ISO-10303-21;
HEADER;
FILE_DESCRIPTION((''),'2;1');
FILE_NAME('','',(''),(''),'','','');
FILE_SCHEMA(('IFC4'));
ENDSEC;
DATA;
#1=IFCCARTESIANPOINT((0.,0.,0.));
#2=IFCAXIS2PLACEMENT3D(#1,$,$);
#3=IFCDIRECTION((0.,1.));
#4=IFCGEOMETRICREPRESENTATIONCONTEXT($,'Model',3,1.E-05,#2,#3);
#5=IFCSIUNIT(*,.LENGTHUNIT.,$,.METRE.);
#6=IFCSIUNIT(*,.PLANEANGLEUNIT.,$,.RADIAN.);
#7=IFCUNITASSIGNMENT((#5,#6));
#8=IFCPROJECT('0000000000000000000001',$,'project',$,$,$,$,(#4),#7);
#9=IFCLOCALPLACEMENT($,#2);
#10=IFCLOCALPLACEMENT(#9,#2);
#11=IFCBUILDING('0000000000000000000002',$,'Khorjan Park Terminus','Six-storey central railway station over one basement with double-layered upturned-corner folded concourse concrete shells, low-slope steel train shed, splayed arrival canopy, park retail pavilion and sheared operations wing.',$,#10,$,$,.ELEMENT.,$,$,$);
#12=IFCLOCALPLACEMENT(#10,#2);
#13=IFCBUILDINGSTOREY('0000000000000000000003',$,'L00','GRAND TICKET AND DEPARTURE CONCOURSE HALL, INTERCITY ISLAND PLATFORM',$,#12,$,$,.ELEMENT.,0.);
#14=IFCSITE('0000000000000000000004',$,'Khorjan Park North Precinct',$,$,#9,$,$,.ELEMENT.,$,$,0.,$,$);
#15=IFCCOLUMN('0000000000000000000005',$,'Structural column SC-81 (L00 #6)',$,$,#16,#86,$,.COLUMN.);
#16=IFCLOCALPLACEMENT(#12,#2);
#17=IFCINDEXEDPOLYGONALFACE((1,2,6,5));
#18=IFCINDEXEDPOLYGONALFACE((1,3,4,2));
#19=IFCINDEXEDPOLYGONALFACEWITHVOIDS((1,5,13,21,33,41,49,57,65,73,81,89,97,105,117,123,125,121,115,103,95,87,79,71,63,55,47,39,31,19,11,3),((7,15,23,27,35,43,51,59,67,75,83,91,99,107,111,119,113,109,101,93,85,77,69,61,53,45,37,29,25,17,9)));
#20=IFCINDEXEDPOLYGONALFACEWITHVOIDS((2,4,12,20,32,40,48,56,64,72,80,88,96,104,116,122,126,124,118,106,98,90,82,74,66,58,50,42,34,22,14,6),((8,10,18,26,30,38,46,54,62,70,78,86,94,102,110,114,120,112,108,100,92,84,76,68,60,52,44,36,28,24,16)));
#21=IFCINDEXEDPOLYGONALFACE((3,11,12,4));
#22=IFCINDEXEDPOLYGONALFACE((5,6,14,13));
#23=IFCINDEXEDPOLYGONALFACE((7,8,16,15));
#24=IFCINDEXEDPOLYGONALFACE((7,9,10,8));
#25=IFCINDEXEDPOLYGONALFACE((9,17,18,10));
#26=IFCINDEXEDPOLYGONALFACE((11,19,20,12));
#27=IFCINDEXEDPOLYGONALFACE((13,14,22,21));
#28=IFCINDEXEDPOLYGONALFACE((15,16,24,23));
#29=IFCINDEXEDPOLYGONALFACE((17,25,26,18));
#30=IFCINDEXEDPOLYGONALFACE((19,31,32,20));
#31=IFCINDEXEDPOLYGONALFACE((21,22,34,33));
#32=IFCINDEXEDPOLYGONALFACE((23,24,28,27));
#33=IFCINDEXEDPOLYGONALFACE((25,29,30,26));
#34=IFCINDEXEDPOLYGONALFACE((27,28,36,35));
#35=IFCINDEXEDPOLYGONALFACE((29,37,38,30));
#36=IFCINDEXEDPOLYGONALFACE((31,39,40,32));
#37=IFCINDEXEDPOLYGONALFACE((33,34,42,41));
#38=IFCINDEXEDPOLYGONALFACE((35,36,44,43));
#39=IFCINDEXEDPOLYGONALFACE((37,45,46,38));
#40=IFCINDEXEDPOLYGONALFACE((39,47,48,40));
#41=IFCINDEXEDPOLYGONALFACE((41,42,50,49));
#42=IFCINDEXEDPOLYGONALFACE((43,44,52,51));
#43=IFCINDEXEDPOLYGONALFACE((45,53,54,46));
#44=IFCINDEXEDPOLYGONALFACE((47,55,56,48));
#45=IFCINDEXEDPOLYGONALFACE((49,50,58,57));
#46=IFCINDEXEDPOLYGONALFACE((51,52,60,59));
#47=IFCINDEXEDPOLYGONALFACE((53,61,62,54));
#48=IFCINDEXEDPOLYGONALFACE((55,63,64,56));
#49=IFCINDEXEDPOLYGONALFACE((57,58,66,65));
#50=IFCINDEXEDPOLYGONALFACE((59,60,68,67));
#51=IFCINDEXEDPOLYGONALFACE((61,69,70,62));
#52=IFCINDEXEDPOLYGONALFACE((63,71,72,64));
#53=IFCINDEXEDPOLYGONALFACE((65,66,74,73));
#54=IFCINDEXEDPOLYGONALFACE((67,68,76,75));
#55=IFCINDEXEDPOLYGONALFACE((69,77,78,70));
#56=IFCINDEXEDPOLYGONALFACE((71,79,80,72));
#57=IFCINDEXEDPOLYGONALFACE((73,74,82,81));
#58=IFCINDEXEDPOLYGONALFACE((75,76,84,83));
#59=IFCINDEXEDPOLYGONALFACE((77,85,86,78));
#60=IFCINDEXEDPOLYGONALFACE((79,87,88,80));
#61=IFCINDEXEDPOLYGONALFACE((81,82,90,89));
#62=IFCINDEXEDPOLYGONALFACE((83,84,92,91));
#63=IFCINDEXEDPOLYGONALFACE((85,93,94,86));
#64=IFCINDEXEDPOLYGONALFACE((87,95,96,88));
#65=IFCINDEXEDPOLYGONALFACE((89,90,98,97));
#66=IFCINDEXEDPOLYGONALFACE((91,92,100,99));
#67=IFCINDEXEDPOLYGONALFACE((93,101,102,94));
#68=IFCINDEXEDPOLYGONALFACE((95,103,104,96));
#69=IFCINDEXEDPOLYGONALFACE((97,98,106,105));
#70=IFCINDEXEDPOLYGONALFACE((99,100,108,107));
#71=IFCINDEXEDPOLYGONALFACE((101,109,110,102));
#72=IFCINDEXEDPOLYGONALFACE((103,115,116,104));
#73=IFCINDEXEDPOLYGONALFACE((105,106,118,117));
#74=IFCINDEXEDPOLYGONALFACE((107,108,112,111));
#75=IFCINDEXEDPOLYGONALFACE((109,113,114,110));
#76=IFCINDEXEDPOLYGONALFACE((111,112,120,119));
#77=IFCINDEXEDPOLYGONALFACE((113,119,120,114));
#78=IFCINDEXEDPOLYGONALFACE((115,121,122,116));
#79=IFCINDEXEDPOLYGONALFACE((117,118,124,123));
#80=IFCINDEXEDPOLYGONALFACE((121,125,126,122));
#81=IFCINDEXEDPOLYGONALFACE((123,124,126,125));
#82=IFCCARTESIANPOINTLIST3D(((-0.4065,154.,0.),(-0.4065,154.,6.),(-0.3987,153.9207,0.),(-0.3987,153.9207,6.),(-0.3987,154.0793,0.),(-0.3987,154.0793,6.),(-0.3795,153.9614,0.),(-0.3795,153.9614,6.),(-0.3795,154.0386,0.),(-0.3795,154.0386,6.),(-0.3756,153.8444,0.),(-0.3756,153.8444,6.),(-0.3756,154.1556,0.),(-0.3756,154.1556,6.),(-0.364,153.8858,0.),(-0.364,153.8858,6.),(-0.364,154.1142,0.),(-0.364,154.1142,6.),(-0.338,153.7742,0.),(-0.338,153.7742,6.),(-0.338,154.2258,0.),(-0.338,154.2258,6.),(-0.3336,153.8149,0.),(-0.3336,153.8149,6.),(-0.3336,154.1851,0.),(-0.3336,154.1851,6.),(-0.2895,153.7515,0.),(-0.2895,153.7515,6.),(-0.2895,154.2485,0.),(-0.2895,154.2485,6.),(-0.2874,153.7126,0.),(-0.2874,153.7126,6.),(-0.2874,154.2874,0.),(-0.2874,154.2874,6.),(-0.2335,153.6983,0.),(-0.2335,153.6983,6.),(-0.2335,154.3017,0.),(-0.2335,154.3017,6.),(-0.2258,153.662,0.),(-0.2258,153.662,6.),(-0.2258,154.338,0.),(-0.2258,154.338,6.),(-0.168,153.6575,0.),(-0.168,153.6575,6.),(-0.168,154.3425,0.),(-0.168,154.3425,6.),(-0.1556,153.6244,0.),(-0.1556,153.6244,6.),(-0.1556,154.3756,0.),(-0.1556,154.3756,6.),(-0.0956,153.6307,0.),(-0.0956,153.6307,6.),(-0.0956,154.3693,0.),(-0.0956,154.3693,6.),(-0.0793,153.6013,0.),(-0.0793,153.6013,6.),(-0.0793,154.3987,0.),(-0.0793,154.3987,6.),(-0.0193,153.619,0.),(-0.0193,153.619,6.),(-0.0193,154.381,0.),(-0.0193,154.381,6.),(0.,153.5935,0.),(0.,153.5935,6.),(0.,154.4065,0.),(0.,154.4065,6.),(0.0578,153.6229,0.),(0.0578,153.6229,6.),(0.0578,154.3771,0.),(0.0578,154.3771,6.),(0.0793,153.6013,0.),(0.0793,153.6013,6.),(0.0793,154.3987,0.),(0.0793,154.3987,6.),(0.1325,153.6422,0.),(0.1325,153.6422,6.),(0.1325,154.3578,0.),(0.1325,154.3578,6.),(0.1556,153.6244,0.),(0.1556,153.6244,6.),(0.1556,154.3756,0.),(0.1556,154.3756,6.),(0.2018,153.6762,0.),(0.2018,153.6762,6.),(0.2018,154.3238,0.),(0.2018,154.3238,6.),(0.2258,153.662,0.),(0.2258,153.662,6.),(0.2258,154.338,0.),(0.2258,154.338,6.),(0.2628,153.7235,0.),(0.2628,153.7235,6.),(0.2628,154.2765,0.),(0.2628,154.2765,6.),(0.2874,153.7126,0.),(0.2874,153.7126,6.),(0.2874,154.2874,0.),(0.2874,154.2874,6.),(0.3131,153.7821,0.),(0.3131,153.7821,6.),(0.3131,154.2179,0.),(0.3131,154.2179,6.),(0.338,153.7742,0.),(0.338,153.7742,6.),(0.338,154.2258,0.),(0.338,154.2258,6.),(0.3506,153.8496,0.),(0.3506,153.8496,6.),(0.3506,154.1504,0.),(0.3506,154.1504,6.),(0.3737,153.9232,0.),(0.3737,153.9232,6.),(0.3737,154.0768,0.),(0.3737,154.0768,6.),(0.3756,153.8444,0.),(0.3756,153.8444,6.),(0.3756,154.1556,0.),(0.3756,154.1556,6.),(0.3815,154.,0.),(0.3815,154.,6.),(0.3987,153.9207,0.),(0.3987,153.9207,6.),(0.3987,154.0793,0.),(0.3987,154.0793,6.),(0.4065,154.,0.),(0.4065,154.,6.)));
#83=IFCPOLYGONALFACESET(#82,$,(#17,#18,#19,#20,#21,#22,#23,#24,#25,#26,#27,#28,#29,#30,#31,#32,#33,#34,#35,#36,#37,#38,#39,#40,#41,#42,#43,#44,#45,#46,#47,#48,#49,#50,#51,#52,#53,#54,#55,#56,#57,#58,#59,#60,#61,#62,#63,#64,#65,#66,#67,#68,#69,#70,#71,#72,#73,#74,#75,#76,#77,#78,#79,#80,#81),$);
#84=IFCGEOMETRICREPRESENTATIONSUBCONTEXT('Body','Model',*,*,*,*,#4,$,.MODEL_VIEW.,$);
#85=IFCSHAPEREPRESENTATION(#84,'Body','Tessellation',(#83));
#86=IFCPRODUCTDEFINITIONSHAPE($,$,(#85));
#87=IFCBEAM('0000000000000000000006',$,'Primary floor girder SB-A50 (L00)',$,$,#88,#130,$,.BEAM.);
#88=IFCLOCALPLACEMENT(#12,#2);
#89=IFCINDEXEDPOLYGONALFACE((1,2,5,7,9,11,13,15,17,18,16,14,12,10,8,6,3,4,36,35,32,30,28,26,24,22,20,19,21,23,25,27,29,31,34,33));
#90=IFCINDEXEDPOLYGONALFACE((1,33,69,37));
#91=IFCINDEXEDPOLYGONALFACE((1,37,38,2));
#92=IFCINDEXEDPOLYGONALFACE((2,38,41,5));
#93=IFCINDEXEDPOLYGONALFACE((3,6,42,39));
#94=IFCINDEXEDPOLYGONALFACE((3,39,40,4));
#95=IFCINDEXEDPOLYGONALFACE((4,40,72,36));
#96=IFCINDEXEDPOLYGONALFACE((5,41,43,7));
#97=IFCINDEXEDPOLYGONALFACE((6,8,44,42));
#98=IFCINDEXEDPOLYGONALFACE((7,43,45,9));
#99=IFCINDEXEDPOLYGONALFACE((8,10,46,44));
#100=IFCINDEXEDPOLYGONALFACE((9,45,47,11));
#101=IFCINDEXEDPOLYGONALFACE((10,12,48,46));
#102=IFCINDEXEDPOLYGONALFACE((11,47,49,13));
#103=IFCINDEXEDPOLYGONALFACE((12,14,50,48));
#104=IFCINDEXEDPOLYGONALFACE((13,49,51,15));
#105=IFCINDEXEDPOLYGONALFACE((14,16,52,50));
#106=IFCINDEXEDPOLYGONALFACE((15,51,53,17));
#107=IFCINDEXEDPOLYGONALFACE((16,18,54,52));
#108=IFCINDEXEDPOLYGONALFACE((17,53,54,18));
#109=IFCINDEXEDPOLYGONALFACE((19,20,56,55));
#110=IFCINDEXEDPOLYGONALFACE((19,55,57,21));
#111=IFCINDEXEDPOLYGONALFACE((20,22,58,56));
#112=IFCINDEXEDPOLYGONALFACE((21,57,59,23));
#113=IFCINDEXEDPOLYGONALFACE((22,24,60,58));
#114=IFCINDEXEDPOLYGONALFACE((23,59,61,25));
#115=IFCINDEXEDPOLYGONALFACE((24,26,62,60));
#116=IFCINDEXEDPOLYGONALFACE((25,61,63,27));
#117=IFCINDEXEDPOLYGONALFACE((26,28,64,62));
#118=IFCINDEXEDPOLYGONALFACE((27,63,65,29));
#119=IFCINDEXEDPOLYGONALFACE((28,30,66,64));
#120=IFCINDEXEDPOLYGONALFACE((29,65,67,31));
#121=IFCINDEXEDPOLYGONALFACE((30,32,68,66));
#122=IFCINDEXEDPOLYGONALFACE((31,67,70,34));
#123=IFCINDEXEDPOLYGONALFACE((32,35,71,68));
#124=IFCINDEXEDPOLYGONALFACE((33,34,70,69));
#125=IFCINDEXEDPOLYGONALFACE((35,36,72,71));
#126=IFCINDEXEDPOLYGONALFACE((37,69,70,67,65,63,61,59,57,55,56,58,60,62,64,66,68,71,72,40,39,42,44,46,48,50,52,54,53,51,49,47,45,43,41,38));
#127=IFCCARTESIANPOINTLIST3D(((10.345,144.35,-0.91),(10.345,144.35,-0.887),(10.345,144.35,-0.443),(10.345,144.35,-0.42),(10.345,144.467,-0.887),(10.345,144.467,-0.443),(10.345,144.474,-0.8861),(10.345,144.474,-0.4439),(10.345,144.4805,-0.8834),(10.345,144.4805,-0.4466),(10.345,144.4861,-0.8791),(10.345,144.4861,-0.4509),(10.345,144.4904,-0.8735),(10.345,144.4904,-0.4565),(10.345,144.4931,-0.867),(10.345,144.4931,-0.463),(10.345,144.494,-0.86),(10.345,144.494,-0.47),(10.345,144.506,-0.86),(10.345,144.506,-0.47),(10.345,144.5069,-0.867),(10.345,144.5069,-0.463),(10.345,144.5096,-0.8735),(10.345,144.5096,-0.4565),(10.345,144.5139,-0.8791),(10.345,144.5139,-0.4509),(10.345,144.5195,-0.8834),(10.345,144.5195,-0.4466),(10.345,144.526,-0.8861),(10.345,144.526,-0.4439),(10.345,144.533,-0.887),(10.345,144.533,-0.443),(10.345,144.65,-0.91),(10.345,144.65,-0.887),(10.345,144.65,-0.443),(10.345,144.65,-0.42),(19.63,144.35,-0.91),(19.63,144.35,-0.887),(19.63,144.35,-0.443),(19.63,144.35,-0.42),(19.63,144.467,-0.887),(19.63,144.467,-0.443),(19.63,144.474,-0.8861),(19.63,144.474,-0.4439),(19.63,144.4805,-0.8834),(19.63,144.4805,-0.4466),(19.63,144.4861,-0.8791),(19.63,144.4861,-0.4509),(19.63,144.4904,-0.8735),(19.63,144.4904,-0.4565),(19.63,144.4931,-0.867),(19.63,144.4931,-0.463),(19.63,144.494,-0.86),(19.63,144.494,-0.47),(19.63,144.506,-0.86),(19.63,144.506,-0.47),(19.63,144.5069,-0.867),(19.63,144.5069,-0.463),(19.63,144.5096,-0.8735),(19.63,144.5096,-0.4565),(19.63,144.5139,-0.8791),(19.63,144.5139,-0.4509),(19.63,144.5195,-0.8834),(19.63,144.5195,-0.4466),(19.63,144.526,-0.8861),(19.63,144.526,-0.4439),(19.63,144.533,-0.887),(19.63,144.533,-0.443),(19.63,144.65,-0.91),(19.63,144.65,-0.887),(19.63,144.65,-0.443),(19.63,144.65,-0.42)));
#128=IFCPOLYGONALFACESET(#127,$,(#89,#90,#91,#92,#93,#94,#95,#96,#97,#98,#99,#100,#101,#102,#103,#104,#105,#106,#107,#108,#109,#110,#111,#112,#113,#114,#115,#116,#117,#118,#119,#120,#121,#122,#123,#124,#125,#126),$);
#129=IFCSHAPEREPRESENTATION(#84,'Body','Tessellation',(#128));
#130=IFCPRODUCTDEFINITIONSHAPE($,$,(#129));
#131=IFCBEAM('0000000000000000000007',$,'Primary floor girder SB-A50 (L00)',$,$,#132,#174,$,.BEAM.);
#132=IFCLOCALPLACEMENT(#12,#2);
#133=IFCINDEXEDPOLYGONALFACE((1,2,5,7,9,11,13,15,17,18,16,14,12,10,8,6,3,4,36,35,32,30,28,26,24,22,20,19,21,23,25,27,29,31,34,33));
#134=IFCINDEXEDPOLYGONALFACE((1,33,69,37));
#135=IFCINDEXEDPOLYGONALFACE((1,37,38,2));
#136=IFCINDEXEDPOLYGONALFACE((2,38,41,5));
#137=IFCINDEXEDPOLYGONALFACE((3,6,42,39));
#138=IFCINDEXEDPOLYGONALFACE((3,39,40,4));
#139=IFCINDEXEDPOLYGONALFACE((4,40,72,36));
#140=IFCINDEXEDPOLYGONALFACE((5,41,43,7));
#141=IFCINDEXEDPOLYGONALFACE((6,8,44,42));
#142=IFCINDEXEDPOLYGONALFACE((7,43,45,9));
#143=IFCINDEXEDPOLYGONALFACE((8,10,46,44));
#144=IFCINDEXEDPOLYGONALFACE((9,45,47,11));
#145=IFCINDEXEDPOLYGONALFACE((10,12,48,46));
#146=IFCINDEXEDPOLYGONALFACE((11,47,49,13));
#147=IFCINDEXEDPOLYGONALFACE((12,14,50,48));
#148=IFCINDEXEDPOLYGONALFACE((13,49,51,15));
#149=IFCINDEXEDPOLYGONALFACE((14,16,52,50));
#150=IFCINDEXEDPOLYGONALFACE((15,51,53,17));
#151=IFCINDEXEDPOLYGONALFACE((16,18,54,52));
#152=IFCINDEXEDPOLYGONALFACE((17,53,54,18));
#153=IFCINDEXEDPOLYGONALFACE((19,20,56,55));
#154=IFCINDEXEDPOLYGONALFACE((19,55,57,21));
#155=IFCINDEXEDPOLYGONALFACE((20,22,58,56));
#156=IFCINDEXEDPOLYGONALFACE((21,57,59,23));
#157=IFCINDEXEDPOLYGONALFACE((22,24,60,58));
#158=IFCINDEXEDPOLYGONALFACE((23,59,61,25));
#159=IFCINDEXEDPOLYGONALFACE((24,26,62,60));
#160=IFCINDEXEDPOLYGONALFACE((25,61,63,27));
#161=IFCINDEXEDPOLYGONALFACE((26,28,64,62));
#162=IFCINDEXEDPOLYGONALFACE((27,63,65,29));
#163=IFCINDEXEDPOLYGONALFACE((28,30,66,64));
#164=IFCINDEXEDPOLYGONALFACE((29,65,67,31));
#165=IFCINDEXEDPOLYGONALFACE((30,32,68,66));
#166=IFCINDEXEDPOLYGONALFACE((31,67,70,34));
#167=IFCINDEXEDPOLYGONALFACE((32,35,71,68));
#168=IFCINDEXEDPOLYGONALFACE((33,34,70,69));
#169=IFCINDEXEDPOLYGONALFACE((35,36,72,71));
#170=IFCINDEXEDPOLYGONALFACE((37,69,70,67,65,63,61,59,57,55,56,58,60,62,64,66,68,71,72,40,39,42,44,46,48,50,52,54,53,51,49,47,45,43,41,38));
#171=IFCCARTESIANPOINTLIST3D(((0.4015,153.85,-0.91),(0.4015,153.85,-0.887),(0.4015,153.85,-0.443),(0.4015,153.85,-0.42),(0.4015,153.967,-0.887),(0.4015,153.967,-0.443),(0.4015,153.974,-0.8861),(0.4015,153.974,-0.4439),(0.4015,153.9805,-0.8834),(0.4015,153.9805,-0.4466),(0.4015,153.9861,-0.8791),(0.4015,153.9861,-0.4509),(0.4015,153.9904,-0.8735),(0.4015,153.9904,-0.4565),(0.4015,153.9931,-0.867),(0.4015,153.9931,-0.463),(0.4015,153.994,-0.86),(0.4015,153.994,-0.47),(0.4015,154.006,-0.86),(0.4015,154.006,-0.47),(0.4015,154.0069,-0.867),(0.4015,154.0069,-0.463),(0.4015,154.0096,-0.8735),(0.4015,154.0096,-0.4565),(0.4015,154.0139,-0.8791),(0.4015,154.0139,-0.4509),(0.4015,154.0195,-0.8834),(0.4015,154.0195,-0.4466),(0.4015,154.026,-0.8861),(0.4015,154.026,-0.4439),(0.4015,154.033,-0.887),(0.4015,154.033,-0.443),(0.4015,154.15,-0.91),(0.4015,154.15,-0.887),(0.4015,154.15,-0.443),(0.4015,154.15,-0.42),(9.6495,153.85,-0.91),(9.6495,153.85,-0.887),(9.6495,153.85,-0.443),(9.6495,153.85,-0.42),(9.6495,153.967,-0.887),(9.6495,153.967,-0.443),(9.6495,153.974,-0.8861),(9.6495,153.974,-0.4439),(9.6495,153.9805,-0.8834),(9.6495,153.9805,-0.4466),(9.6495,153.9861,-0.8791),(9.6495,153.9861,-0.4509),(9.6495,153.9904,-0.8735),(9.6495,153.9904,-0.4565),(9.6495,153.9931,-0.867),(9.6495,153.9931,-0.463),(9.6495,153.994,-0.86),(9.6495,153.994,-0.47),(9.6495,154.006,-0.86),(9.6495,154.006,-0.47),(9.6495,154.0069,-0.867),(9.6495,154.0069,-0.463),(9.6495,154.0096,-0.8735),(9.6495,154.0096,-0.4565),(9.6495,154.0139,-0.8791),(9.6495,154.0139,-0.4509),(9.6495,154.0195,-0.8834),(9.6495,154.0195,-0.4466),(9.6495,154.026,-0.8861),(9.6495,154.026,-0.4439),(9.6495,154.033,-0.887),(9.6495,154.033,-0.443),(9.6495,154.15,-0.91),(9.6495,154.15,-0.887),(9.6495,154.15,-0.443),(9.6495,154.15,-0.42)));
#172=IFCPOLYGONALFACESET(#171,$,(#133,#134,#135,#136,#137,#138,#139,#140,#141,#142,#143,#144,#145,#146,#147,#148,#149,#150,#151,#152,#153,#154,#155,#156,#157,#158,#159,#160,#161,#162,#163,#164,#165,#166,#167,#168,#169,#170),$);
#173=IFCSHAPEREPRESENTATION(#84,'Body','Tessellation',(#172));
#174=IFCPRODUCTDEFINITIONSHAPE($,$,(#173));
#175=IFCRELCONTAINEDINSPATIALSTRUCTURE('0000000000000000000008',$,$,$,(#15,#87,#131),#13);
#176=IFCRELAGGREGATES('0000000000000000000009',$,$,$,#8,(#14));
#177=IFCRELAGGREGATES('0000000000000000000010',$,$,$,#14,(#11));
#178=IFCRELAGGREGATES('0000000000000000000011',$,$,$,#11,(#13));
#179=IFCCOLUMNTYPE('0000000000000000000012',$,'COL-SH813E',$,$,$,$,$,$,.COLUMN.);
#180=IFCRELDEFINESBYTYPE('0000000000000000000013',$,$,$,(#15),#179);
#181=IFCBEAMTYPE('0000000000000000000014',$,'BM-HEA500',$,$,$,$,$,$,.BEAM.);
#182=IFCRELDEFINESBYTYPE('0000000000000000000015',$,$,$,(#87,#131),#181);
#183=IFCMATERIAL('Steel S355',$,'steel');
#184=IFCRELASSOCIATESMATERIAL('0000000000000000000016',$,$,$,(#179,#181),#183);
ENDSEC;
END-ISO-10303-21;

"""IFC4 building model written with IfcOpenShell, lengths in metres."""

from ifc_helpers import new_model, si_unit, direction, frame, origin, origin_2d, place, context, subcontext, project, spatial, hollow_circle, i_section, extrude, material, material_profile, profile_set, type_object, element, save


model = new_model("IFC4")

# Units and contexts
model_context = context("Model", 3, precision=1e-05, world=origin(), true_north=direction((0.0, 1.0)))
body_context = subcontext(model_context, "Body", "Model", "MODEL_VIEW")
ifc_project = project(units=[si_unit("LENGTHUNIT", "METRE"), si_unit("PLANEANGLEUNIT", "RADIAN")], contexts=[model_context])

# Site, building, storey
site_placement = place(None, origin())
site = spatial("IfcSite", under=ifc_project, at=site_placement, Name="Khorjan Park North Precinct", CompositionType="ELEMENT", RefElevation=0.0)
building_placement = place(site_placement, origin())
building = spatial("IfcBuilding", under=site, at=building_placement, Name="Khorjan Park Terminus", Description="Six-storey central railway station over one basement with double-layered upturned-corner folded concourse concrete shells, low-slope steel train shed, splayed arrival canopy, park retail pavilion and sheared operations wing.", CompositionType="ELEMENT")
storey_placement = place(building_placement, origin())
storey = spatial("IfcBuildingStorey", under=building, at=storey_placement, Name="L00", Description="GRAND TICKET AND DEPARTURE CONCOURSE HALL, INTERCITY ISLAND PLATFORM", CompositionType="ELEMENT", Elevation=0.0)

# Column
ifc_material = material(Name="Steel S355", Category="steel")
ifc_material_profile_1 = material_profile(ifc_material, hollow_circle(Radius=0.4065, WallThickness=0.025, at=origin_2d()), Name="CHS 813x25")
ifc_profile_set_1 = profile_set([ifc_material_profile_1], Name="Steel S355")
column_type_1 = type_object("IfcColumnType", Name="COL-SH813E", PredefinedType="COLUMN", material=ifc_profile_set_1)
column_1_placement = place(storey_placement, frame((0.0, 154.0, 0.0), z_axis=(0.0, 0.0, 1.0), x_axis=(1.0, 0.0, 0.0)))
element("IfcColumn", 1, at=column_1_placement, inside=storey, type_object=column_type_1, Name="Structural column SC-81 (L00 #6)", PredefinedType="COLUMN", context=body_context, shape_type="SweptSolid", body=[
    extrude(hollow_circle(Radius=0.4065, WallThickness=0.025, at=origin_2d()), origin(), (0.0, 0.0, 1.0), 6.0),
])

# Beams
ifc_material_profile_2 = material_profile(ifc_material, i_section(OverallWidth=0.3, OverallDepth=0.49, WebThickness=0.012, FlangeThickness=0.023, FilletRadius=0.027, at=origin_2d()), Name="HEA 500")
ifc_profile_set_2 = profile_set([ifc_material_profile_2], Name="Steel S355")
beam_type_1 = type_object("IfcBeamType", Name="BM-HEA500", PredefinedType="BEAM", material=ifc_profile_set_2)
beam_1_placement = place(storey_placement, frame((10.345, 144.5, -0.665), z_axis=(1.0, 0.0, 0.0), x_axis=(0.0, 1.0, 0.0)))
element("IfcBeam", 2, at=beam_1_placement, inside=storey, type_object=beam_type_1, Name="Primary floor girder SB-A50 (L00)", PredefinedType="BEAM", context=body_context, shape_type="SweptSolid", body=[
    extrude(i_section(OverallWidth=0.3, OverallDepth=0.49, WebThickness=0.012, FlangeThickness=0.023, FilletRadius=0.027, at=origin_2d()), origin(), (0.0, 0.0, 1.0), 9.285),
])
beam_2_placement = place(storey_placement, frame((0.4015, 154.0, -0.665), z_axis=(1.0, 0.0, 0.0), x_axis=(0.0, 1.0, 0.0)))
element("IfcBeam", 3, at=beam_2_placement, inside=storey, type_object=beam_type_1, Name="Primary floor girder SB-A50 (L00)", PredefinedType="BEAM", context=body_context, shape_type="SweptSolid", body=[
    extrude(i_section(OverallWidth=0.3, OverallDepth=0.49, WebThickness=0.012, FlangeThickness=0.023, FilletRadius=0.027, at=origin_2d()), origin(), (0.0, 0.0, 1.0), 9.248),
])

save(model, "model.ifc")
